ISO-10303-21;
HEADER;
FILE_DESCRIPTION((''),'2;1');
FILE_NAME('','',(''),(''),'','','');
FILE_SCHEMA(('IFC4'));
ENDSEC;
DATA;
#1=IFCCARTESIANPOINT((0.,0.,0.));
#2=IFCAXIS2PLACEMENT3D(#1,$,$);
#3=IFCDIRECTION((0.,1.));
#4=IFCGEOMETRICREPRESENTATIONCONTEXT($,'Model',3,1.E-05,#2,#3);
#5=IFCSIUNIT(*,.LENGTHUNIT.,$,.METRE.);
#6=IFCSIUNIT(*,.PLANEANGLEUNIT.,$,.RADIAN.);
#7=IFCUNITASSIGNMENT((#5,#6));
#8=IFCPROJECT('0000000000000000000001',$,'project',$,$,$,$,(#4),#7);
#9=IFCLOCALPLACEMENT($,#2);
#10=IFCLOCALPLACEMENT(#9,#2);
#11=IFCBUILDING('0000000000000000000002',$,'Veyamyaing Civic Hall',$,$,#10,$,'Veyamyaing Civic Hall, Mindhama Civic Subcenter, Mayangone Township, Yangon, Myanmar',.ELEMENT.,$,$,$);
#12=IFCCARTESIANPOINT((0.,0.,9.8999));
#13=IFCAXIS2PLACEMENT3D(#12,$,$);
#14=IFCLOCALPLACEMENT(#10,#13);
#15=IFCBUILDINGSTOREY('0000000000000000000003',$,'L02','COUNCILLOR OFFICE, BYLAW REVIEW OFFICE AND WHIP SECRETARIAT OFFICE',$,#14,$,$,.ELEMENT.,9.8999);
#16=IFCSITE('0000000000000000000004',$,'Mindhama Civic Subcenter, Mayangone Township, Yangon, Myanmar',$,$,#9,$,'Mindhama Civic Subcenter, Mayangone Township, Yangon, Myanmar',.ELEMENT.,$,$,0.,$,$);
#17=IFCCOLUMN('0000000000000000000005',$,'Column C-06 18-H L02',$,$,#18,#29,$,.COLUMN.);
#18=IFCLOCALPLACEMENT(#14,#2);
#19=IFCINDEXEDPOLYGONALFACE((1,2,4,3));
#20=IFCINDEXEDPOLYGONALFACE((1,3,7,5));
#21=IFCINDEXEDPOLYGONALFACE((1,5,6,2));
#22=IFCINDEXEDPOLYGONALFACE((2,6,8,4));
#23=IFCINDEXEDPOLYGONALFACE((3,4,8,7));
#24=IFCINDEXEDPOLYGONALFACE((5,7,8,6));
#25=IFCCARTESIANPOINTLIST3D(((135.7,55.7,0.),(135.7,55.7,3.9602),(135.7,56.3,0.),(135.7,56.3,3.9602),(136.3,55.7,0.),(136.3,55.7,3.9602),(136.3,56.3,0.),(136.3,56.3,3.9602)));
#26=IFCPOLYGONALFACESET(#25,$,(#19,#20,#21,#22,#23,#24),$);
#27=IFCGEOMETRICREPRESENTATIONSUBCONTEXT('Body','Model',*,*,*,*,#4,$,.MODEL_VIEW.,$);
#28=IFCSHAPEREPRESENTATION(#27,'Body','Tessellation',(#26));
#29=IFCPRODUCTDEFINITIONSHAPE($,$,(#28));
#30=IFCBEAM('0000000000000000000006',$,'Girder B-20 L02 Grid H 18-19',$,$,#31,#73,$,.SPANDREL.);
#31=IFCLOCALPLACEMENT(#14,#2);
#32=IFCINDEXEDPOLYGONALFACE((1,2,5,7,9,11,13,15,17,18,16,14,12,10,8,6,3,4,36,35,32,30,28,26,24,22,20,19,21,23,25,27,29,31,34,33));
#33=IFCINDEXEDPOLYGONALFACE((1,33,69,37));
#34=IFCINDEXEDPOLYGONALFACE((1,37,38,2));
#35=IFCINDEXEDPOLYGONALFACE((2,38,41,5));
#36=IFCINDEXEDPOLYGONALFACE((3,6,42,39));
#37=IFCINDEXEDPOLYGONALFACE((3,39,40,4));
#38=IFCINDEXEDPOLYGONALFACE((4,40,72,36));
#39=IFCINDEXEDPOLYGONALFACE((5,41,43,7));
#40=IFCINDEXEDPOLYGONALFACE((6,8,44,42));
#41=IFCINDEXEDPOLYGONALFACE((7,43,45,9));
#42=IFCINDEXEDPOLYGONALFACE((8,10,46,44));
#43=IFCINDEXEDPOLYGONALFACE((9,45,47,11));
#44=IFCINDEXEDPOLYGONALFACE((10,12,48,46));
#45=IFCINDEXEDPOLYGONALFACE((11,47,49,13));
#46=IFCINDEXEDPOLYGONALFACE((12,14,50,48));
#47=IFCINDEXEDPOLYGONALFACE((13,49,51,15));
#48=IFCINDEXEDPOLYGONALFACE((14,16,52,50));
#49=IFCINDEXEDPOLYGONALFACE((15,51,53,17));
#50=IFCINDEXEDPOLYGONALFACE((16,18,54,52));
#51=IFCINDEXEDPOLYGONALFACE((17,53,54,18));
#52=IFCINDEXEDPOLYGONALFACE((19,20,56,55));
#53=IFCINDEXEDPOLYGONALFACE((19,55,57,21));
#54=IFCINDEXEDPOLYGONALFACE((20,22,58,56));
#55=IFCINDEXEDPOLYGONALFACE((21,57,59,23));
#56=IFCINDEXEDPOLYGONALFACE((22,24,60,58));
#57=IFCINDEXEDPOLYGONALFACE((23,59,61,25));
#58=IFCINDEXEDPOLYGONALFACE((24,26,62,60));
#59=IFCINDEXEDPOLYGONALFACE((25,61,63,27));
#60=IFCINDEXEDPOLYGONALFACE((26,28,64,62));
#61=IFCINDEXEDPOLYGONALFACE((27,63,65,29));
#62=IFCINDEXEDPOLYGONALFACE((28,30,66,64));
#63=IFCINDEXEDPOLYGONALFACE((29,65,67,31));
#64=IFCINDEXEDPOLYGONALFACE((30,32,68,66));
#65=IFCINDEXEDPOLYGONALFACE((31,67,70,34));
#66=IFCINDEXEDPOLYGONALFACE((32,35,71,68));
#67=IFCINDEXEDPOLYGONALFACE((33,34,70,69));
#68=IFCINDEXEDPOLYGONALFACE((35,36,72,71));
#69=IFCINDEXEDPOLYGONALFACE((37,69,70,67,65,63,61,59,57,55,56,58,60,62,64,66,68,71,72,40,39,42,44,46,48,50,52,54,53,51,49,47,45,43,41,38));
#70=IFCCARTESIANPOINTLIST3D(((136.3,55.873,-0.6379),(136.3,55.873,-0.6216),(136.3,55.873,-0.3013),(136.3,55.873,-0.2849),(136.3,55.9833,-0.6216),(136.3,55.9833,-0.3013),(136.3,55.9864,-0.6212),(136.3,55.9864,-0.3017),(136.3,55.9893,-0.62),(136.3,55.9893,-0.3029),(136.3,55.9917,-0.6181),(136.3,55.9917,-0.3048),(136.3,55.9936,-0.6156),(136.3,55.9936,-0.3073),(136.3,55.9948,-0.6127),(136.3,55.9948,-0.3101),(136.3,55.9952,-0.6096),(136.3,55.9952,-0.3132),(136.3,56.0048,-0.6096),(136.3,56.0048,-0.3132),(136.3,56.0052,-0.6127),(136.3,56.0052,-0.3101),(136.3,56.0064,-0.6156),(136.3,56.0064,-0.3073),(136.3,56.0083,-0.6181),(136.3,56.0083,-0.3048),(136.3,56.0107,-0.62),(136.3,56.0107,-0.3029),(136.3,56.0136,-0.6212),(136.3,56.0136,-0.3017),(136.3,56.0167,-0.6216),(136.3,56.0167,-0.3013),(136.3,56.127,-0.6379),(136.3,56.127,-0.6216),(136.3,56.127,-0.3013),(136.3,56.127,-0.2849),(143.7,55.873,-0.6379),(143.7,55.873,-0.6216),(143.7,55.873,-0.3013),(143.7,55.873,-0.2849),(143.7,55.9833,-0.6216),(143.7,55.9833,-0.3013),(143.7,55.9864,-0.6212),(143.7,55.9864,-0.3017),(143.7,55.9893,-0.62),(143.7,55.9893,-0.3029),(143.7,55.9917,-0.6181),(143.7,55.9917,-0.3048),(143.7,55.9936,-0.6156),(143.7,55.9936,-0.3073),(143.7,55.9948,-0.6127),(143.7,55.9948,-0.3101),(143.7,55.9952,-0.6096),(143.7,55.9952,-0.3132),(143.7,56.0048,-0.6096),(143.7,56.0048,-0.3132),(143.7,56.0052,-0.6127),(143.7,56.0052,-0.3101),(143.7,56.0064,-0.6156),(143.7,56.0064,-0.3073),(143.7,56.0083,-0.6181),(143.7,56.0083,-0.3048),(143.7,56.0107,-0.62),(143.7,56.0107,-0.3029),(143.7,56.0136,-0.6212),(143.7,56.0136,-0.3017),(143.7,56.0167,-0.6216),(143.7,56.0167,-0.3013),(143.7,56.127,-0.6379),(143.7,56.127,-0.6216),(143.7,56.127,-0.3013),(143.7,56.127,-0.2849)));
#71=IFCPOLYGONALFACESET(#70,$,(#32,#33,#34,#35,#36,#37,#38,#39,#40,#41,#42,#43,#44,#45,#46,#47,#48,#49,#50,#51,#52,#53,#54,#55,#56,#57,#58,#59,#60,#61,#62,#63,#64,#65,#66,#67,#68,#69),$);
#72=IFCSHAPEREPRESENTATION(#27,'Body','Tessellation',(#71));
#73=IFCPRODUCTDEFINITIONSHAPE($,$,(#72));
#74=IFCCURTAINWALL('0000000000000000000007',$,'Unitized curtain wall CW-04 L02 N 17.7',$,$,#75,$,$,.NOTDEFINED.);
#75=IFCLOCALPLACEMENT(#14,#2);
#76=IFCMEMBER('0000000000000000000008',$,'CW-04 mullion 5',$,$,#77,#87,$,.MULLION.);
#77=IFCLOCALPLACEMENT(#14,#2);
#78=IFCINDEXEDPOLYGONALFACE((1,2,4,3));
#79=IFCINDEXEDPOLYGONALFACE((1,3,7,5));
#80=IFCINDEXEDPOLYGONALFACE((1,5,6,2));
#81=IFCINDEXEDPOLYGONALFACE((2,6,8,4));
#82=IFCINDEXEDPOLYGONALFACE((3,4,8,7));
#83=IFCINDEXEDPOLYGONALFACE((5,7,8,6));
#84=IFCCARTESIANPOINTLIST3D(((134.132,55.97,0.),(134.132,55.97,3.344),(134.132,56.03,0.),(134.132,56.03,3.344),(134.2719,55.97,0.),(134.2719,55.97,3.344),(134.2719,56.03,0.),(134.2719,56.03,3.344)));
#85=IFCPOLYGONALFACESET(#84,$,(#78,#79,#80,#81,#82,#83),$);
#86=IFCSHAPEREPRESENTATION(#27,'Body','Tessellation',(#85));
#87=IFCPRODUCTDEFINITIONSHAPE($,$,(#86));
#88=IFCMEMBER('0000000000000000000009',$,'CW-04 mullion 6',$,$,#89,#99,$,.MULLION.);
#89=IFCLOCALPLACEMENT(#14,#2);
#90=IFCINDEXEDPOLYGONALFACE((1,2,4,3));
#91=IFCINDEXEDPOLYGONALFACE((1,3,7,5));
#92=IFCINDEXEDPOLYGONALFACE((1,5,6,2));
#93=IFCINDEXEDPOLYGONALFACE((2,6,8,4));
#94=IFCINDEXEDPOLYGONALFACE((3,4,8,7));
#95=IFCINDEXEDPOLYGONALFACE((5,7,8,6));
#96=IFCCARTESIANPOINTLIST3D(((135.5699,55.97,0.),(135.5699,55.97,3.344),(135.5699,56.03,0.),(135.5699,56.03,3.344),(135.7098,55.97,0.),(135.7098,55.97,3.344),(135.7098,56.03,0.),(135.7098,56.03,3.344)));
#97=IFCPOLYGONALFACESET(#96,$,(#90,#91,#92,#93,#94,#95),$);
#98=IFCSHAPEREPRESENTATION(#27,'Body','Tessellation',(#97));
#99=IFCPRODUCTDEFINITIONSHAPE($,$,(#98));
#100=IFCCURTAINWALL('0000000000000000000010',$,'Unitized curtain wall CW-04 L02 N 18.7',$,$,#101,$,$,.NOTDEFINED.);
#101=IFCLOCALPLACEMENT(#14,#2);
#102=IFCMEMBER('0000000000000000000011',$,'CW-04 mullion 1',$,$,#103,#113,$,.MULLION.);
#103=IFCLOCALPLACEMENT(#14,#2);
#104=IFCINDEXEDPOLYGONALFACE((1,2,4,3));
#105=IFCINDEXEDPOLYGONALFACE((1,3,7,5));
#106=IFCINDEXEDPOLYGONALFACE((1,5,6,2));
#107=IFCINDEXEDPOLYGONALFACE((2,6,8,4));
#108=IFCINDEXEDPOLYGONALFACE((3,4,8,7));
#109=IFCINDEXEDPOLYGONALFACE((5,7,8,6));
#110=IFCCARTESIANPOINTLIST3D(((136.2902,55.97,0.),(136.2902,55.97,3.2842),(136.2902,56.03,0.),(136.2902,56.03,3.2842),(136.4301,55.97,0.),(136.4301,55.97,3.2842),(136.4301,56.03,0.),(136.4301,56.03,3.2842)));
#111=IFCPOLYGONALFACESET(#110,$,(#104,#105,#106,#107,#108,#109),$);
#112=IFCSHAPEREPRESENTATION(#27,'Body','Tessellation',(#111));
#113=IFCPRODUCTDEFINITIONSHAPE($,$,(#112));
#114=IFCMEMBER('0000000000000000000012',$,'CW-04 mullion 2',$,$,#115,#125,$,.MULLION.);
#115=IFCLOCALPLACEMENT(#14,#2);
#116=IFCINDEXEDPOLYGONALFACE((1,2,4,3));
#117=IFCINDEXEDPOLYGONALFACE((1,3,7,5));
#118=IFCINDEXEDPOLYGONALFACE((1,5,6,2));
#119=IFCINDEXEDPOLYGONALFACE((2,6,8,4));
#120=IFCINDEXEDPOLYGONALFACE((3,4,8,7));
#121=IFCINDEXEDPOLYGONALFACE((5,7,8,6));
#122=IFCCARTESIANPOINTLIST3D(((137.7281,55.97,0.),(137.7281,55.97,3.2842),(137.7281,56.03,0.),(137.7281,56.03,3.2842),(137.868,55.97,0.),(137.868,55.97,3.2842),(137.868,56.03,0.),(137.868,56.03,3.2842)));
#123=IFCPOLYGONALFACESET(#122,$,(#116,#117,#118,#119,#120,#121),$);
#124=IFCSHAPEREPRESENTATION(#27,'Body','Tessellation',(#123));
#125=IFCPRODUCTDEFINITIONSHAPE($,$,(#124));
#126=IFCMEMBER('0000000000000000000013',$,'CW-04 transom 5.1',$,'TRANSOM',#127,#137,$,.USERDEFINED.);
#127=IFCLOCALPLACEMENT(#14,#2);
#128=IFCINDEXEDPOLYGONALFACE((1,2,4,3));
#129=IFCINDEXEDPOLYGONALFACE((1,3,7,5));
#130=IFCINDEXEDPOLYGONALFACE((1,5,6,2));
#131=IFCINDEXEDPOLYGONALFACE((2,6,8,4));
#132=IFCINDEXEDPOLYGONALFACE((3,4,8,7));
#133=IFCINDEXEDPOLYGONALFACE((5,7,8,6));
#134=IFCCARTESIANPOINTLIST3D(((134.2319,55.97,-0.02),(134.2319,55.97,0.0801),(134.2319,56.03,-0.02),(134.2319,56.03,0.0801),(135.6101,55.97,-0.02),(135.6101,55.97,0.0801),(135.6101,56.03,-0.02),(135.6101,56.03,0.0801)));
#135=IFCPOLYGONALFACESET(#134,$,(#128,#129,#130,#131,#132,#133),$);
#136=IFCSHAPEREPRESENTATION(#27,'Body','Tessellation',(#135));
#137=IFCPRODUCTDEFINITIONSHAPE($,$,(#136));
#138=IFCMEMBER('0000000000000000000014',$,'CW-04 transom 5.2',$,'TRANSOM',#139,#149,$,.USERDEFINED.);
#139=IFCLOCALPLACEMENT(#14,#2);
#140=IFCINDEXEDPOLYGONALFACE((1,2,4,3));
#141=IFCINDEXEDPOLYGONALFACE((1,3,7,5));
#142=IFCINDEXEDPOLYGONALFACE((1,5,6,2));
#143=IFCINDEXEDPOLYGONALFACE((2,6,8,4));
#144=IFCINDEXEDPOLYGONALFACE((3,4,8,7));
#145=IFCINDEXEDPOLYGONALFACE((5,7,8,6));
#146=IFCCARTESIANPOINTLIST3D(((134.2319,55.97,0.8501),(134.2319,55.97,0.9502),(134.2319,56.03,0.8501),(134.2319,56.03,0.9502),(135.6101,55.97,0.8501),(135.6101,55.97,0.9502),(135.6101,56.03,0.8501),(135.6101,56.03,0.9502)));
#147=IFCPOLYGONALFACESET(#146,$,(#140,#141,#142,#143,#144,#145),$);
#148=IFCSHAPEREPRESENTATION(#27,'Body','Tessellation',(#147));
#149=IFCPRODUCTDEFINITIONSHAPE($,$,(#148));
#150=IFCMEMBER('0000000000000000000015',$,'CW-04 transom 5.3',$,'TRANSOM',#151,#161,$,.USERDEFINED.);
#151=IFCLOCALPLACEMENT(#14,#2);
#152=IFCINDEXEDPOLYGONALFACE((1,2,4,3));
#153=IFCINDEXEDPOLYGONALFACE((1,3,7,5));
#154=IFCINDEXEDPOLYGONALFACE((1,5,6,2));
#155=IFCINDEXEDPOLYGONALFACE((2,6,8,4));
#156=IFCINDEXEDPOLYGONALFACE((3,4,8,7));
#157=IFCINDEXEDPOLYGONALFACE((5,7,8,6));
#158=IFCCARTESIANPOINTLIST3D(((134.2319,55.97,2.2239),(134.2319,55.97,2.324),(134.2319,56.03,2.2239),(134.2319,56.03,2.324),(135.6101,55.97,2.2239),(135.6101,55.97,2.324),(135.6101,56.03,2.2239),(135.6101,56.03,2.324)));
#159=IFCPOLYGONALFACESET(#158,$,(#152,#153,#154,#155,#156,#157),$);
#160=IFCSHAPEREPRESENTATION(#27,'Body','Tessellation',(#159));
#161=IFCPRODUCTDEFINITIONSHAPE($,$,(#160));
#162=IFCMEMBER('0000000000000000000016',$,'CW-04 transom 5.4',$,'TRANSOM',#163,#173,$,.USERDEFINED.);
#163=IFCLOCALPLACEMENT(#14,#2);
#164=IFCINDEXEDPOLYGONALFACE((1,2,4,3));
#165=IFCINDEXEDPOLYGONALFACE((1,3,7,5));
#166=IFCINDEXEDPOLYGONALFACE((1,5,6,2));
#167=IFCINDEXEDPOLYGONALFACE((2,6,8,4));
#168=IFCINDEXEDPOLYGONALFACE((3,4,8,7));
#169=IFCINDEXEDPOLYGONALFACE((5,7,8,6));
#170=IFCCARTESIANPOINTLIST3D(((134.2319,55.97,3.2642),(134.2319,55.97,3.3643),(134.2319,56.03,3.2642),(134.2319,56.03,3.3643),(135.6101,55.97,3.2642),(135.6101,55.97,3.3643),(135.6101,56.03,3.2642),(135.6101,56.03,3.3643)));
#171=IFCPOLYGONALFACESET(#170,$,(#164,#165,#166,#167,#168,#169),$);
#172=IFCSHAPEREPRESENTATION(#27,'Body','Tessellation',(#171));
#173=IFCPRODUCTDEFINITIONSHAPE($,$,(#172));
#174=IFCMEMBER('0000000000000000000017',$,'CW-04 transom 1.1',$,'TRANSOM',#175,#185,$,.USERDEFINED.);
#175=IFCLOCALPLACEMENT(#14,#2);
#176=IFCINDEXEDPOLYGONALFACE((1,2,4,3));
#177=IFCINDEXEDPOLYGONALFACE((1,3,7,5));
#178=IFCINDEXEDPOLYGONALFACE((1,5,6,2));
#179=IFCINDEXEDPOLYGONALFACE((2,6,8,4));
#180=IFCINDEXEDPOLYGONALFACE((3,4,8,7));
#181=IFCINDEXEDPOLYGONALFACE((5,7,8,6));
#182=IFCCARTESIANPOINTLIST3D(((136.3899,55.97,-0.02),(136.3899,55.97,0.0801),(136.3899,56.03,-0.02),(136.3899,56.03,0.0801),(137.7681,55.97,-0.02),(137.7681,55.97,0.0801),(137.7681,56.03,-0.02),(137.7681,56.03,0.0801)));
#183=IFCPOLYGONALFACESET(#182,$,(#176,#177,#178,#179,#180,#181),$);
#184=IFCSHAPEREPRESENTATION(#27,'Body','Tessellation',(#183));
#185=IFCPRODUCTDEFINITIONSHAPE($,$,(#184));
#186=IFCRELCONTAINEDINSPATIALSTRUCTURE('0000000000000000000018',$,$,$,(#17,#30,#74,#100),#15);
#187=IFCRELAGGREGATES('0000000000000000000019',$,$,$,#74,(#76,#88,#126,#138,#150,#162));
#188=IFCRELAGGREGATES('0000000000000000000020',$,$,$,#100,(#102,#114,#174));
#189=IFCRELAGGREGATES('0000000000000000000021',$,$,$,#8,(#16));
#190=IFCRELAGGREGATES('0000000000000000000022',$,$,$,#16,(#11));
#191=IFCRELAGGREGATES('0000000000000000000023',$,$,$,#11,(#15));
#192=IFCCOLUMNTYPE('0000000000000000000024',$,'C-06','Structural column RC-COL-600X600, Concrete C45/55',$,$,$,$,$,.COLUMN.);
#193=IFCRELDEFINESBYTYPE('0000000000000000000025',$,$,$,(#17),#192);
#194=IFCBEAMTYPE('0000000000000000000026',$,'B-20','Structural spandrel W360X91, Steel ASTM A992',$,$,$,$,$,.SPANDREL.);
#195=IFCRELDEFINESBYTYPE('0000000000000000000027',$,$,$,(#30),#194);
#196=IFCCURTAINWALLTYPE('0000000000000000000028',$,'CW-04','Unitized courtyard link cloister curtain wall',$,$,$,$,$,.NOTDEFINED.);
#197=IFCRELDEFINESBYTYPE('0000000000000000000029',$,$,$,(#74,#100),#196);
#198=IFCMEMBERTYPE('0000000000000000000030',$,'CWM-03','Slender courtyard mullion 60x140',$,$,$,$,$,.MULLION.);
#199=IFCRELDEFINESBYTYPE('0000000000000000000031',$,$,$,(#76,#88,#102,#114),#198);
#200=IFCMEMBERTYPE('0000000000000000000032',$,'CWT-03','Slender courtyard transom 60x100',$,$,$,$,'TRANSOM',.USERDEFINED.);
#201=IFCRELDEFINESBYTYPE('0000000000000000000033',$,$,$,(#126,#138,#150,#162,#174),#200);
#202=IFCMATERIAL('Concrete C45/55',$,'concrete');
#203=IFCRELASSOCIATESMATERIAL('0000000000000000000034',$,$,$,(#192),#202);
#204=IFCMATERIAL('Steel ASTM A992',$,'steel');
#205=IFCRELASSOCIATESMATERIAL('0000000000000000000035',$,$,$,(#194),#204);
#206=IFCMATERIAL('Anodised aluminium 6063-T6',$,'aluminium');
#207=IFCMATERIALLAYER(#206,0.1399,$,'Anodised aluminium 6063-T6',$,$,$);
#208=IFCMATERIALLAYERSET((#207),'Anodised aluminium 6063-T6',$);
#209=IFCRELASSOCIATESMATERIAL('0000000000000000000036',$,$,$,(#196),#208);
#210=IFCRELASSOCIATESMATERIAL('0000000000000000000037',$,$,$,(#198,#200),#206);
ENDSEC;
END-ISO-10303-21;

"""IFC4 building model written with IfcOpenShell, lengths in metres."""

from ifc_helpers import new_model, si_unit, direction, frame, origin, origin_2d, place, context, subcontext, project, spatial, rectangle, i_section, extrude, material, layer, layer_set, material_profile, profile_set, type_object, element, aggregate, save


model = new_model("IFC4")

# Units and contexts
model_context = context("Model", 3, precision=1e-05, world=origin(), true_north=direction((0.0, 1.0)))
body_context = subcontext(model_context, "Body", "Model", "MODEL_VIEW")
ifc_project = project(units=[si_unit("LENGTHUNIT", "METRE"), si_unit("PLANEANGLEUNIT", "RADIAN")], contexts=[model_context])

# Site, building, storey
site_placement = place(None, origin())
site = spatial("IfcSite", under=ifc_project, at=site_placement, Name="Mindhama Civic Subcenter, Mayangone Township, Yangon, Myanmar", LongName="Mindhama Civic Subcenter, Mayangone Township, Yangon, Myanmar", CompositionType="ELEMENT", RefElevation=0.0)
building_placement = place(site_placement, origin())
building = spatial("IfcBuilding", under=site, at=building_placement, Name="Veyamyaing Civic Hall", LongName="Veyamyaing Civic Hall, Mindhama Civic Subcenter, Mayangone Township, Yangon, Myanmar", CompositionType="ELEMENT")
storey_placement = place(building_placement, frame((0.0, 0.0, 9.8999)))
storey = spatial("IfcBuildingStorey", under=building, at=storey_placement, Name="L02", Description="COUNCILLOR OFFICE, BYLAW REVIEW OFFICE AND WHIP SECRETARIAT OFFICE", CompositionType="ELEMENT", Elevation=9.8999)

# Column
ifc_material_1 = material(Name="Concrete C45/55", Category="concrete")
ifc_material_profile_1 = material_profile(ifc_material_1, rectangle(XDim=0.6001, YDim=0.6001, at=origin_2d()), Name="RC-COL-600X600")
ifc_profile_set_1 = profile_set([ifc_material_profile_1], Name="Concrete C45/55")
column_type = type_object("IfcColumnType", Name="C-06", Description="Structural column RC-COL-600X600, Concrete C45/55", PredefinedType="COLUMN", material=ifc_profile_set_1)
column_placement = place(storey_placement, frame((136.0, 56.0, 0.0), z_axis=(0.0, 0.0, 1.0), x_axis=(1.0, 0.0, 0.0)))
element("IfcColumn", 1, at=column_placement, inside=storey, type_object=column_type, Name="Column C-06 18-H L02", PredefinedType="COLUMN", context=body_context, shape_type="SweptSolid", body=[
    extrude(rectangle(XDim=0.6001, YDim=0.6001, at=origin_2d()), origin(), (0.0, 0.0, 1.0), 3.9602),
])

# Beam
ifc_material_2 = material(Name="Steel ASTM A992", Category="steel")
ifc_material_profile_2 = material_profile(ifc_material_2, i_section(OverallWidth=0.2539, OverallDepth=0.353, WebThickness=0.0095, FlangeThickness=0.0164, FilletRadius=0.012, at=origin_2d()), Name="W360X91")
ifc_profile_set_2 = profile_set([ifc_material_profile_2], Name="Steel ASTM A992")
beam_type = type_object("IfcBeamType", Name="B-20", Description="Structural spandrel W360X91, Steel ASTM A992", PredefinedType="SPANDREL", material=ifc_profile_set_2)
beam_placement = place(storey_placement, frame((136.3, 56.0, -0.4614), z_axis=(1.0, 0.0, 0.0), x_axis=(0.0, 1.0, 0.0)))
element("IfcBeam", 2, at=beam_placement, inside=storey, type_object=beam_type, Name="Girder B-20 L02 Grid H 18-19", PredefinedType="SPANDREL", context=body_context, shape_type="SweptSolid", body=[
    extrude(i_section(OverallWidth=0.2539, OverallDepth=0.353, WebThickness=0.0095, FlangeThickness=0.0164, FilletRadius=0.012, at=origin_2d()), origin(), (0.0, 0.0, 1.0), 7.3999),
])

# Curtain walls, members
ifc_material_3 = material(Name="Anodised aluminium 6063-T6", Category="aluminium")
ifc_layer_1 = layer(ifc_material_3, 0.1399, Name="Anodised aluminium 6063-T6")
ifc_layer_set_1 = layer_set([ifc_layer_1], Name="Anodised aluminium 6063-T6")
curtain_wall_type = type_object("IfcCurtainWallType", Name="CW-04", Description="Unitized courtyard link cloister curtain wall", PredefinedType="NOTDEFINED", material=ifc_layer_set_1)
curtain_wall_1_placement = place(storey_placement, origin())
curtain_wall_1 = element("IfcCurtainWall", 3, at=curtain_wall_1_placement, inside=storey, type_object=curtain_wall_type, Name="Unitized curtain wall CW-04 L02 N 17.7", PredefinedType="NOTDEFINED")
ifc_material_profile_3 = material_profile(ifc_material_3, rectangle(XDim=0.0601, YDim=0.1399, at=origin_2d()), Name="ALU-MUL-60X140")
ifc_profile_set_3 = profile_set([ifc_material_profile_3], Name="Anodised aluminium 6063-T6")
member_type_1 = type_object("IfcMemberType", Name="CWM-03", Description="Slender courtyard mullion 60x140", PredefinedType="MULLION", material=ifc_profile_set_3)
member_1_placement = place(storey_placement, frame((134.2019, 56.0, 0.0), z_axis=(0.0, 0.0, 1.0), x_axis=(0.0, 1.0, 0.0)))
member_1 = element("IfcMember", 4, at=member_1_placement, type_object=member_type_1, Name="CW-04 mullion 5", PredefinedType="MULLION", context=body_context, shape_type="SweptSolid", body=[
    extrude(rectangle(XDim=0.0601, YDim=0.1399, at=origin_2d()), origin(), (0.0, 0.0, 1.0), 3.344),
])
member_2_placement = place(storey_placement, frame((135.6399, 56.0, 0.0), z_axis=(0.0, 0.0, 1.0), x_axis=(0.0, 1.0, 0.0)))
member_2 = element("IfcMember", 5, at=member_2_placement, type_object=member_type_1, Name="CW-04 mullion 6", PredefinedType="MULLION", context=body_context, shape_type="SweptSolid", body=[
    extrude(rectangle(XDim=0.0601, YDim=0.1399, at=origin_2d()), origin(), (0.0, 0.0, 1.0), 3.344),
])
curtain_wall_2_placement = place(storey_placement, origin())
curtain_wall_2 = element("IfcCurtainWall", 6, at=curtain_wall_2_placement, inside=storey, type_object=curtain_wall_type, Name="Unitized curtain wall CW-04 L02 N 18.7", PredefinedType="NOTDEFINED")
member_3_placement = place(storey_placement, frame((136.3601, 56.0, 0.0), z_axis=(0.0, 0.0, 1.0), x_axis=(0.0, 1.0, 0.0)))
member_3 = element("IfcMember", 7, at=member_3_placement, type_object=member_type_1, Name="CW-04 mullion 1", PredefinedType="MULLION", context=body_context, shape_type="SweptSolid", body=[
    extrude(rectangle(XDim=0.0601, YDim=0.1399, at=origin_2d()), origin(), (0.0, 0.0, 1.0), 3.2842),
])
member_4_placement = place(storey_placement, frame((137.7981, 56.0, 0.0), z_axis=(0.0, 0.0, 1.0), x_axis=(0.0, 1.0, 0.0)))
member_4 = element("IfcMember", 8, at=member_4_placement, type_object=member_type_1, Name="CW-04 mullion 2", PredefinedType="MULLION", context=body_context, shape_type="SweptSolid", body=[
    extrude(rectangle(XDim=0.0601, YDim=0.1399, at=origin_2d()), origin(), (0.0, 0.0, 1.0), 3.2842),
])

# Members
ifc_material_profile_4 = material_profile(ifc_material_3, rectangle(XDim=0.0601, YDim=0.1001, at=origin_2d()), Name="ALU-TRN-60X100")
ifc_profile_set_4 = profile_set([ifc_material_profile_4], Name="Anodised aluminium 6063-T6")
member_type_2 = type_object("IfcMemberType", Name="CWT-03", Description="Slender courtyard transom 60x100", ElementType="TRANSOM", PredefinedType="USERDEFINED", material=ifc_profile_set_4)
member_5_placement = place(storey_placement, frame((134.2319, 56.0, 0.03), z_axis=(1.0, 0.0, 0.0), x_axis=(0.0, 1.0, 0.0)))
member_5 = element("IfcMember", 9, at=member_5_placement, type_object=member_type_2, Name="CW-04 transom 5.1", ObjectType="TRANSOM", PredefinedType="USERDEFINED", context=body_context, shape_type="SweptSolid", body=[
    extrude(rectangle(XDim=0.0601, YDim=0.1001, at=origin_2d()), origin(), (0.0, 0.0, 1.0), 1.3782),
])
member_6_placement = place(storey_placement, frame((134.2319, 56.0, 0.9001), z_axis=(1.0, 0.0, 0.0), x_axis=(0.0, 1.0, 0.0)))
member_6 = element("IfcMember", 10, at=member_6_placement, type_object=member_type_2, Name="CW-04 transom 5.2", ObjectType="TRANSOM", PredefinedType="USERDEFINED", context=body_context, shape_type="SweptSolid", body=[
    extrude(rectangle(XDim=0.0601, YDim=0.1001, at=origin_2d()), origin(), (0.0, 0.0, 1.0), 1.3782),
])
member_7_placement = place(storey_placement, frame((134.2319, 56.0, 2.2739), z_axis=(1.0, 0.0, 0.0), x_axis=(0.0, 1.0, 0.0)))
member_7 = element("IfcMember", 11, at=member_7_placement, type_object=member_type_2, Name="CW-04 transom 5.3", ObjectType="TRANSOM", PredefinedType="USERDEFINED", context=body_context, shape_type="SweptSolid", body=[
    extrude(rectangle(XDim=0.0601, YDim=0.1001, at=origin_2d()), origin(), (0.0, 0.0, 1.0), 1.3782),
])
member_8_placement = place(storey_placement, frame((134.2319, 56.0, 3.3142), z_axis=(1.0, 0.0, 0.0), x_axis=(0.0, 1.0, 0.0)))
member_8 = element("IfcMember", 12, at=member_8_placement, type_object=member_type_2, Name="CW-04 transom 5.4", ObjectType="TRANSOM", PredefinedType="USERDEFINED", context=body_context, shape_type="SweptSolid", body=[
    extrude(rectangle(XDim=0.0601, YDim=0.1001, at=origin_2d()), origin(), (0.0, 0.0, 1.0), 1.3782),
])
member_9_placement = place(storey_placement, frame((136.3899, 56.0, 0.03), z_axis=(1.0, 0.0, 0.0), x_axis=(0.0, 1.0, 0.0)))
member_9 = element("IfcMember", 13, at=member_9_placement, type_object=member_type_2, Name="CW-04 transom 1.1", ObjectType="TRANSOM", PredefinedType="USERDEFINED", context=body_context, shape_type="SweptSolid", body=[
    extrude(rectangle(XDim=0.0601, YDim=0.1001, at=origin_2d()), origin(), (0.0, 0.0, 1.0), 1.3782),
])

aggregate(curtain_wall_1, [member_1, member_2, member_5, member_6, member_7, member_8])
aggregate(curtain_wall_2, [member_3, member_4, member_9])

save(model, "model.ifc")
